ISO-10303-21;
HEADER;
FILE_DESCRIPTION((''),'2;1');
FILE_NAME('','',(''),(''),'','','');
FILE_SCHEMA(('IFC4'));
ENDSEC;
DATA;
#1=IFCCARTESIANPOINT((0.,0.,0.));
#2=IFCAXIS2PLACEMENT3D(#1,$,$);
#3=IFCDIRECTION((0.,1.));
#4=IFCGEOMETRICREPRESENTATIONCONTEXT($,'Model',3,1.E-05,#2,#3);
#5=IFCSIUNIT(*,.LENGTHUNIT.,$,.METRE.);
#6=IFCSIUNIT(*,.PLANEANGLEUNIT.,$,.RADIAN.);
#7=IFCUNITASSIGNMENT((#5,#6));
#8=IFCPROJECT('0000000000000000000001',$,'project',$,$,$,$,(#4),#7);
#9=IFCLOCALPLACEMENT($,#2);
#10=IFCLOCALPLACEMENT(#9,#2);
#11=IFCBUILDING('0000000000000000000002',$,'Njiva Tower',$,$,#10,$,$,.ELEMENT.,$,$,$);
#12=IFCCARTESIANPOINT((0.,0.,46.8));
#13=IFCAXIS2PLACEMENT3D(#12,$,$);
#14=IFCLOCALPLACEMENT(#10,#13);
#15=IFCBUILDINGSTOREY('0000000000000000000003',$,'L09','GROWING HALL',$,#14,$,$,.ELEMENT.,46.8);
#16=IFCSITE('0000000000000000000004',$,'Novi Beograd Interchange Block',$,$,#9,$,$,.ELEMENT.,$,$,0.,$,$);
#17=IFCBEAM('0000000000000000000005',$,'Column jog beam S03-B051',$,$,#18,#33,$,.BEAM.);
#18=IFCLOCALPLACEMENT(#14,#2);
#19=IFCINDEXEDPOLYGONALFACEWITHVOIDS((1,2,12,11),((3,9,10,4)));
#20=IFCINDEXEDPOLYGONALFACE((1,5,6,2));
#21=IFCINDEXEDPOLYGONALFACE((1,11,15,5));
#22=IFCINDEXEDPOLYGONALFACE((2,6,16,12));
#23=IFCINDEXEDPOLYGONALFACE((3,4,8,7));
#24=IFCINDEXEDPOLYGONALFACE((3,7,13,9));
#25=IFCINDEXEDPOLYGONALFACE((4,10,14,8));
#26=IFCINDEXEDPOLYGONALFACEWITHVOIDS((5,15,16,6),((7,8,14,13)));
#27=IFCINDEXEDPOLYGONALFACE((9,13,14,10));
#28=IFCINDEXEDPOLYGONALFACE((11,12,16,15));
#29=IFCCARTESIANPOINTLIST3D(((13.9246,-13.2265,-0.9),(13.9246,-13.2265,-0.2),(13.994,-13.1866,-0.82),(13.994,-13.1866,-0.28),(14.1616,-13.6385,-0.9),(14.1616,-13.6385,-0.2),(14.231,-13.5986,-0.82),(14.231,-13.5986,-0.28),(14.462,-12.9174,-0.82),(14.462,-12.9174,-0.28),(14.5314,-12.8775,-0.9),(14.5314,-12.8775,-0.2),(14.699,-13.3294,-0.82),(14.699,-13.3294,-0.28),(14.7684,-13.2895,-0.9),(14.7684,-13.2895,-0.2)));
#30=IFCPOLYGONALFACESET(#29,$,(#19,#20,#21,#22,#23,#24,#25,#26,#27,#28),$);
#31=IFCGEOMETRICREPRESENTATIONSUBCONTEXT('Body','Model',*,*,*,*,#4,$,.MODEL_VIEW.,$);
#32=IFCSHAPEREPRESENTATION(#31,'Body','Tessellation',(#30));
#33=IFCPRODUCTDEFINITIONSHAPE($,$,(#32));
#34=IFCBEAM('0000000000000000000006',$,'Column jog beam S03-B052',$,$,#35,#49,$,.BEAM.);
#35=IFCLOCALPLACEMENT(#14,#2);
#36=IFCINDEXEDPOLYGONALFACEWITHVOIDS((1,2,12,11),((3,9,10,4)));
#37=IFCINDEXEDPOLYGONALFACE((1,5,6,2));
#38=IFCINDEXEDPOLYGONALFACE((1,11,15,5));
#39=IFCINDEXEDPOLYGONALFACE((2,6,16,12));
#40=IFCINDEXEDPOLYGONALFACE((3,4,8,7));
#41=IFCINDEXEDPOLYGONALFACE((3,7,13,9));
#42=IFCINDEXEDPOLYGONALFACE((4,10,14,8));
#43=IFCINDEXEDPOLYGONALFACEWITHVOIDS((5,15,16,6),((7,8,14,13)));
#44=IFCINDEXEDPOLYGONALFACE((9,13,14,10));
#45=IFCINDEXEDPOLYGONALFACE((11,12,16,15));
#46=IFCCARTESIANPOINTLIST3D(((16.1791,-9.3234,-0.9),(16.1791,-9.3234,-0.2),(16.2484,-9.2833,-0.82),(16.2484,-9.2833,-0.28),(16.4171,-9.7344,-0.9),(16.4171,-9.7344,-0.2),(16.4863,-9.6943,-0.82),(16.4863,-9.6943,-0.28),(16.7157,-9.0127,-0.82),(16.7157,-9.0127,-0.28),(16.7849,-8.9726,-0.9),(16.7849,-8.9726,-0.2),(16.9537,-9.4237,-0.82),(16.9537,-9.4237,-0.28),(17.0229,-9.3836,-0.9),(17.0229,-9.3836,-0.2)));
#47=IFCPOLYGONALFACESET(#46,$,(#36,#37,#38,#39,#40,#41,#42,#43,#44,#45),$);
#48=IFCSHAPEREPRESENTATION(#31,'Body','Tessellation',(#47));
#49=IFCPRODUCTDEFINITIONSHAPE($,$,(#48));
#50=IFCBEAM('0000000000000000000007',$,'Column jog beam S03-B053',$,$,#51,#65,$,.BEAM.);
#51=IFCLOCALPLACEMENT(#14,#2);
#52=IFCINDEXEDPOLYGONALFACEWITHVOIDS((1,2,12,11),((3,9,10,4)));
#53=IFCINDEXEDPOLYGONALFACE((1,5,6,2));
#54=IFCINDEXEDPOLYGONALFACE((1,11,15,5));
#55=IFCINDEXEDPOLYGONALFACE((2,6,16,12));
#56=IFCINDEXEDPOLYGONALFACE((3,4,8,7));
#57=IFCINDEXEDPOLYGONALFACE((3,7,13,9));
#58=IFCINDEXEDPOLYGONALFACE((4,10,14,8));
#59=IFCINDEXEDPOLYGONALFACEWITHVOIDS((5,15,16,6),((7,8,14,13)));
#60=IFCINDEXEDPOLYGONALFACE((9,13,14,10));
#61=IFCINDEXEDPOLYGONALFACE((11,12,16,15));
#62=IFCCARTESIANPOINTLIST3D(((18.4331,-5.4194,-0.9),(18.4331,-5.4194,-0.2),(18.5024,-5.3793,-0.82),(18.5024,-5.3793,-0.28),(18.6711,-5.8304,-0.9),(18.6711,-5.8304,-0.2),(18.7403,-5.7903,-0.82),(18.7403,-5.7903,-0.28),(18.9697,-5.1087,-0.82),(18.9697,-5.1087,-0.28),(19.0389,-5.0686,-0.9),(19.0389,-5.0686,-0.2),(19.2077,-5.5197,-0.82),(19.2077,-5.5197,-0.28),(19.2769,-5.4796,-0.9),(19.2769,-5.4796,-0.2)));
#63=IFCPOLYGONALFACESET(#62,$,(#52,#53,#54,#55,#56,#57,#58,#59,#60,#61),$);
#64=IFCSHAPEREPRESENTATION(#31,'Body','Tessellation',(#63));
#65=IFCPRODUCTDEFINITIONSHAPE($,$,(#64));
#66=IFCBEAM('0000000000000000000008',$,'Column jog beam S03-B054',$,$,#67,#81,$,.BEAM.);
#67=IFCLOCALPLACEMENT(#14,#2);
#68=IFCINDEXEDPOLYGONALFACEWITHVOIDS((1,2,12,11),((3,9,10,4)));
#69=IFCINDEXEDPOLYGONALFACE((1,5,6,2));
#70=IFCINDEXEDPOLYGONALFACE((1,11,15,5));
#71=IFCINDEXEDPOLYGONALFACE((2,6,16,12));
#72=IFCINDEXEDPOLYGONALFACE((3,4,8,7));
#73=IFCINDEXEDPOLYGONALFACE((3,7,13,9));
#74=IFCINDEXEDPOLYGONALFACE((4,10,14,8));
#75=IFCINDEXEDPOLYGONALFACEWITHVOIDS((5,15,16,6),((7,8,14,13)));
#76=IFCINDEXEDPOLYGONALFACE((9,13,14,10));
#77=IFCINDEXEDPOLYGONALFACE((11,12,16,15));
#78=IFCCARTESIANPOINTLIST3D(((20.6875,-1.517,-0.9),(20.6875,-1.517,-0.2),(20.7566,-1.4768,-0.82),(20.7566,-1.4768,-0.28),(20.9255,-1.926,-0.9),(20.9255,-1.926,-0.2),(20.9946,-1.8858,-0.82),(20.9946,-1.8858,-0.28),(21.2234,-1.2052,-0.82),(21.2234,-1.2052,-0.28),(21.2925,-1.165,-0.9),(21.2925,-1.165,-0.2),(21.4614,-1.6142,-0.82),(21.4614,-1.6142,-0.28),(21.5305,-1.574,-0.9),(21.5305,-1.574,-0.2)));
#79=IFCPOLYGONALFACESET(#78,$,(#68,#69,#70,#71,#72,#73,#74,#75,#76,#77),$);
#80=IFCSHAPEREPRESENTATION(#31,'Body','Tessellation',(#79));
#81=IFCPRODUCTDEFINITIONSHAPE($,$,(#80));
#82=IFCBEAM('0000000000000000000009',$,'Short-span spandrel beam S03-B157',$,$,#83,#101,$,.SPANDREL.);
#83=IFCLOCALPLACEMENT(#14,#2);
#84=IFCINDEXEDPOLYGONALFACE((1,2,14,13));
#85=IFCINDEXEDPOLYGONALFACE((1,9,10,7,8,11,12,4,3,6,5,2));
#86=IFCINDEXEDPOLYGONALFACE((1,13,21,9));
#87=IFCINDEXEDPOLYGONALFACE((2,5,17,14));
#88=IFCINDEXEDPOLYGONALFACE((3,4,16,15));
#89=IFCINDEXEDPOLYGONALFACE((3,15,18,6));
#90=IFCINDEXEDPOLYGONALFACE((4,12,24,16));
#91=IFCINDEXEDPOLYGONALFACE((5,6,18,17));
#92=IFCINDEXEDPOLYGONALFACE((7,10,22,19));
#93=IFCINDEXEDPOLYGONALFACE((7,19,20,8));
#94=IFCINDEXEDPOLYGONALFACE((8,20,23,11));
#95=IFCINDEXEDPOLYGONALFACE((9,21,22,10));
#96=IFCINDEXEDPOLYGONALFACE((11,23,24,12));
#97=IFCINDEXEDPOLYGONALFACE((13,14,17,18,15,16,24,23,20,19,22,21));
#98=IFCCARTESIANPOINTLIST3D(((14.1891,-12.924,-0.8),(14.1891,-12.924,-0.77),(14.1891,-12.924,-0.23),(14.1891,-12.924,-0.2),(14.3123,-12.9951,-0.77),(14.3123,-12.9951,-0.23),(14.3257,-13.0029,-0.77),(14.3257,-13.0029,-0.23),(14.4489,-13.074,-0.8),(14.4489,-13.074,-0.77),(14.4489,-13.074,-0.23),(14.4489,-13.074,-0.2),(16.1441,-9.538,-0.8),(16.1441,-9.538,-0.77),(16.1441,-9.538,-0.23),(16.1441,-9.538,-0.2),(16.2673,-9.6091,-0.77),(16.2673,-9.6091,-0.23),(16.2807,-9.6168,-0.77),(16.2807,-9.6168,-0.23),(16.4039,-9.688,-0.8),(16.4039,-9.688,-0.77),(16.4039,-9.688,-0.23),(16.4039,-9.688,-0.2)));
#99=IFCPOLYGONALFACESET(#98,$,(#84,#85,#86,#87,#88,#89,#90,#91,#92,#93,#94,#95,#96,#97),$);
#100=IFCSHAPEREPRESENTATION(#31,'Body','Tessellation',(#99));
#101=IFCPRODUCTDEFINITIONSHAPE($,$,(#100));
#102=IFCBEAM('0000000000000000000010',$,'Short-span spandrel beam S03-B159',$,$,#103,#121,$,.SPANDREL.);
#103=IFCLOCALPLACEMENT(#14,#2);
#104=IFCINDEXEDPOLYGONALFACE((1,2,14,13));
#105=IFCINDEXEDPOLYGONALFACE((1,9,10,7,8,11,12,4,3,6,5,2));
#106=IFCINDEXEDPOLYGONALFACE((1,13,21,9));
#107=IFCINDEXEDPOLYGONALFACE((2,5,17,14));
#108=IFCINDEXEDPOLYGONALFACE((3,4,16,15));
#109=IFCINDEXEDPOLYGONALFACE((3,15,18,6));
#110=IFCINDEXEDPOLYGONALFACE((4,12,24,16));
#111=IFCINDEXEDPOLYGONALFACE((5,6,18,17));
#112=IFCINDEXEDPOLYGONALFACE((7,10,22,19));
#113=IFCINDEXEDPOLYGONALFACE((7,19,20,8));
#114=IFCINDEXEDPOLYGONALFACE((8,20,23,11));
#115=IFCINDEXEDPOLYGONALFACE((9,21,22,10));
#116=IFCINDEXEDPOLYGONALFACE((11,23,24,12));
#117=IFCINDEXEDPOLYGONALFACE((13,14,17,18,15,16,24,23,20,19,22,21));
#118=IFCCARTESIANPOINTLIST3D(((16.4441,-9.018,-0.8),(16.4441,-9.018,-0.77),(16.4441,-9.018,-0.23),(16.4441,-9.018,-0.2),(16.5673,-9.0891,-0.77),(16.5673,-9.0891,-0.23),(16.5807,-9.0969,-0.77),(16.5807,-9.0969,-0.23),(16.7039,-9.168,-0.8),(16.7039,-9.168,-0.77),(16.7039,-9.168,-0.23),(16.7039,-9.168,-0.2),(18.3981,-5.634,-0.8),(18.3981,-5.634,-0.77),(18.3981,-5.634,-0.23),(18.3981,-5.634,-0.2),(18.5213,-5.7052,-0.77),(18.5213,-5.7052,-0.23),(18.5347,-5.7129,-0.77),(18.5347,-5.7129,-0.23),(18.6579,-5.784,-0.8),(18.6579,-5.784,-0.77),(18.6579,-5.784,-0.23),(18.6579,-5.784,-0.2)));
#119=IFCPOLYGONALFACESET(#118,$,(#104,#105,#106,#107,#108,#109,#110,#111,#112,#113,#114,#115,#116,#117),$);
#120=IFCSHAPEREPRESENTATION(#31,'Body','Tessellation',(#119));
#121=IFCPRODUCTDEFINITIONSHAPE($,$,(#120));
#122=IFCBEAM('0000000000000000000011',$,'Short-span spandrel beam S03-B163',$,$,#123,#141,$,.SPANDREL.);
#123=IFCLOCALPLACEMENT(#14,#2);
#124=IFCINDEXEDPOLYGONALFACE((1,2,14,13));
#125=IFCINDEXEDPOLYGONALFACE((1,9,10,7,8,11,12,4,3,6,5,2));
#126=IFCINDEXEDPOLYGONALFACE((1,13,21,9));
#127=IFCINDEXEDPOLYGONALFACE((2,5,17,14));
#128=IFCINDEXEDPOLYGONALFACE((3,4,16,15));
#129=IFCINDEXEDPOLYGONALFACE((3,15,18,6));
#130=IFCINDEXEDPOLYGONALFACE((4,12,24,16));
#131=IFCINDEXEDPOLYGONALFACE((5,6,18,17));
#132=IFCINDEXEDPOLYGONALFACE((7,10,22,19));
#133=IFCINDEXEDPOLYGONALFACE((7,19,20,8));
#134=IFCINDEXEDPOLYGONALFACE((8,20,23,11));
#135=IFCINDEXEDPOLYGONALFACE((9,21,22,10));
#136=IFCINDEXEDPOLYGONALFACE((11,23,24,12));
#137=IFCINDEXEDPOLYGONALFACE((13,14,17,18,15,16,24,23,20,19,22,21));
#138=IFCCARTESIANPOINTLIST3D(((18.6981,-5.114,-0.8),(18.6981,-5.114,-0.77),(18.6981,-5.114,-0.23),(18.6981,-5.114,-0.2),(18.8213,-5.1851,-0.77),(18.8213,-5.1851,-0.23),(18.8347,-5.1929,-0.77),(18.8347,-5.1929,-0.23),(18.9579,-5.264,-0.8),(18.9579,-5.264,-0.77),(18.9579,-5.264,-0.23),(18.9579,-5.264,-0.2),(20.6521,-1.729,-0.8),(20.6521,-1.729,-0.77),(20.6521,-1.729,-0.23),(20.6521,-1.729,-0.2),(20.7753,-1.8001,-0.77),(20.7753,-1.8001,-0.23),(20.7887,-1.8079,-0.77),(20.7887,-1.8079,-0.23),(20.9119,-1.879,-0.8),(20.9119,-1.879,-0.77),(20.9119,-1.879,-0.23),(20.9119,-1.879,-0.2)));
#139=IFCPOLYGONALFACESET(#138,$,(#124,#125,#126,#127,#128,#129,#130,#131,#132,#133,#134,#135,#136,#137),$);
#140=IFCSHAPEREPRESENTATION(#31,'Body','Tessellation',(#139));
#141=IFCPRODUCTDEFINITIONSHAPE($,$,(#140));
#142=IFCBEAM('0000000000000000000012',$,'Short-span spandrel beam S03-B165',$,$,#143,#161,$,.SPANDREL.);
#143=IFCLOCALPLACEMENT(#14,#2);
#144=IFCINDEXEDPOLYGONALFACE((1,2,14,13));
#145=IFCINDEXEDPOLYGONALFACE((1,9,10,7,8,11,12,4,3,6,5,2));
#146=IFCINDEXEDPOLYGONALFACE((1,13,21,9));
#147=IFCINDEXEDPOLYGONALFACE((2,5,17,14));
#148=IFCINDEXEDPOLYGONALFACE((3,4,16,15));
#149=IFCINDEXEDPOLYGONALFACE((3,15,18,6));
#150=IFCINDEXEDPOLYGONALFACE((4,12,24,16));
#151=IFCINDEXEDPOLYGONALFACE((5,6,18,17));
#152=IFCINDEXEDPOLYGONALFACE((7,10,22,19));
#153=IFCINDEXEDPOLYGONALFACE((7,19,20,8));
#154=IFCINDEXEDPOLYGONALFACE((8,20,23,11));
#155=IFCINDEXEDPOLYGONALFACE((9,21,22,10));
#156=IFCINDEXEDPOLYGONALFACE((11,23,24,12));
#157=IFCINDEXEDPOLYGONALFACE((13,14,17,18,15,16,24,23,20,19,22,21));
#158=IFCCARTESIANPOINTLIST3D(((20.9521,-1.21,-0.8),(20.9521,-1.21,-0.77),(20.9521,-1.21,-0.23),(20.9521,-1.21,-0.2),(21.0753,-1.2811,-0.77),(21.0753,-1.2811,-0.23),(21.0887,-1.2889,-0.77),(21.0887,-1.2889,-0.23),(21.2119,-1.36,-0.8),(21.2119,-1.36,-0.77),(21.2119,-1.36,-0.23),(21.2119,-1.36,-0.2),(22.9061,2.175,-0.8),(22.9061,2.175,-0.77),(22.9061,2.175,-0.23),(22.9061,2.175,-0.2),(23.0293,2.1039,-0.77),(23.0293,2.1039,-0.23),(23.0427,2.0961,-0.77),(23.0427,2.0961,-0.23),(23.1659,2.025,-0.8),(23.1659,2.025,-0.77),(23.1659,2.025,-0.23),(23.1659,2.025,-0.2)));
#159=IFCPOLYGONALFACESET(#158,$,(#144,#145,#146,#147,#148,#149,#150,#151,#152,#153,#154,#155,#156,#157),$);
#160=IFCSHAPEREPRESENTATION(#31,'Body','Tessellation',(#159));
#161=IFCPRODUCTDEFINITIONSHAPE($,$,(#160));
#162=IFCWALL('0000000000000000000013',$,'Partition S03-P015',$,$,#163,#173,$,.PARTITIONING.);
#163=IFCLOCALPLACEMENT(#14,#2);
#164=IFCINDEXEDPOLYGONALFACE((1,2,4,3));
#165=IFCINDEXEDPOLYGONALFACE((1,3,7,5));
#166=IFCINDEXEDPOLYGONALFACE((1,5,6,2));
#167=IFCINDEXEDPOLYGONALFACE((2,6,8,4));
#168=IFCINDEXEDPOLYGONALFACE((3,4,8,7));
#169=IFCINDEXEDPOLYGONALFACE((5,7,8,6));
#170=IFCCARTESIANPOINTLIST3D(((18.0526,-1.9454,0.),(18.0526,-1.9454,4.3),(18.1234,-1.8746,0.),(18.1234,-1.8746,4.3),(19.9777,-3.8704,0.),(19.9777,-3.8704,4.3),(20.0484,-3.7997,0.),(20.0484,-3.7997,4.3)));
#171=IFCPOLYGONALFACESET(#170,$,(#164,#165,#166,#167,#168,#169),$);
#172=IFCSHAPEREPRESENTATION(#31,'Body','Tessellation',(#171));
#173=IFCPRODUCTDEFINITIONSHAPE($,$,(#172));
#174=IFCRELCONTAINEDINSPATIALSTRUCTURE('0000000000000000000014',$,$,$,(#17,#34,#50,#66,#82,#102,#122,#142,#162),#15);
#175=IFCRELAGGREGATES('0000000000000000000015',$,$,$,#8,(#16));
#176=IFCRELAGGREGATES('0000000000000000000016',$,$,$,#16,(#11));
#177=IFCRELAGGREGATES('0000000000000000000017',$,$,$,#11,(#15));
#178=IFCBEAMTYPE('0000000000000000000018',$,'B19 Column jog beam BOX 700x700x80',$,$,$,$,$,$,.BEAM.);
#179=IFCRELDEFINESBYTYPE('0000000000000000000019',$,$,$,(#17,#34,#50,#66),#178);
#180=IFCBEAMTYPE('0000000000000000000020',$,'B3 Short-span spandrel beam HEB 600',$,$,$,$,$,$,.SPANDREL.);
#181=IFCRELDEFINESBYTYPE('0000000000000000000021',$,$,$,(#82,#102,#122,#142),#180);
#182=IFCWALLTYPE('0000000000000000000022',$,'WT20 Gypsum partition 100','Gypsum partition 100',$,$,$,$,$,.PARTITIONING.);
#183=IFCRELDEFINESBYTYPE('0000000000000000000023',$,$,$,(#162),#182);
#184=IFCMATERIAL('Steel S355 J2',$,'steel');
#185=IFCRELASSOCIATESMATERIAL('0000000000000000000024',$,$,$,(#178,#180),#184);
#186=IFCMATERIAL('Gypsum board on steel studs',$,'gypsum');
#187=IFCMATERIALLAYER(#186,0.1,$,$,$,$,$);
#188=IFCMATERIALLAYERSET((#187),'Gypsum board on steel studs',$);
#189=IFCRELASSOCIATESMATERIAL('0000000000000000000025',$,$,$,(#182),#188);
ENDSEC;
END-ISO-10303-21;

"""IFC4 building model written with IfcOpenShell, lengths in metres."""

from ifc_helpers import new_model, si_unit, direction, frame, frame_2d, origin, origin_2d, place, context, subcontext, project, spatial, rectangle, hollow_rectangle, i_section, extrude, material, layer, layer_set, material_profile, profile_set, type_object, element, save


model = new_model("IFC4")

# Units and contexts
model_context = context("Model", 3, precision=1e-05, world=origin(), true_north=direction((0.0, 1.0)))
body_context = subcontext(model_context, "Body", "Model", "MODEL_VIEW")
ifc_project = project(units=[si_unit("LENGTHUNIT", "METRE"), si_unit("PLANEANGLEUNIT", "RADIAN")], contexts=[model_context])

# Site, building, storey
site_placement = place(None, origin())
site = spatial("IfcSite", under=ifc_project, at=site_placement, Name="Novi Beograd Interchange Block", CompositionType="ELEMENT", RefElevation=0.0)
building_placement = place(site_placement, origin())
building = spatial("IfcBuilding", under=site, at=building_placement, Name="Njiva Tower", CompositionType="ELEMENT")
storey_placement = place(building_placement, frame((0.0, 0.0, 46.8)))
storey = spatial("IfcBuildingStorey", under=building, at=storey_placement, Name="L09", Description="GROWING HALL", CompositionType="ELEMENT", Elevation=46.8)

# Shared definitions
ifc_material_1 = material(Name="Steel S355 J2", Category="steel")

# Beams
ifc_material_profile_1 = material_profile(ifc_material_1, hollow_rectangle(XDim=0.7, YDim=0.7, WallThickness=0.08, at=origin_2d()), Name="BOX 700x700x80")
ifc_profile_set_1 = profile_set([ifc_material_profile_1], Name="Steel S355 J2")
beam_type_1 = type_object("IfcBeamType", Name="B19 Column jog beam BOX 700x700x80", PredefinedType="BEAM", material=ifc_profile_set_1)
beam_1_placement = place(storey_placement, frame((14.465, -13.464, -0.55), z_axis=(-0.498629, 0.866815, 0.0), x_axis=(-0.866815, -0.498629, 0.0)))
element("IfcBeam", 1, at=beam_1_placement, inside=storey, type_object=beam_type_1, Name="Column jog beam S03-B051", PredefinedType="BEAM", context=body_context, shape_type="SweptSolid", body=[
    extrude(hollow_rectangle(XDim=0.7, YDim=0.7, WallThickness=0.08, at=origin_2d()), origin(), (0.0, 0.0, 1.0), 0.4753),
])
for number, where, z_axis, x_axis, name in (
    (2, (16.72, -9.559, -0.55), (-0.501119, 0.865378, 0.0), (-0.865378, -0.501119, 0.0), "Column jog beam S03-B052"),
    (3, (18.974, -5.655, -0.55), (-0.501119, 0.865378, 0.0), (-0.865378, -0.501119, 0.0), "Column jog beam S03-B053"),
):
    element("IfcBeam", number, at=place(storey_placement, frame(where, z_axis=z_axis, x_axis=x_axis)), inside=storey, type_object=beam_type_1, Name=name, PredefinedType="BEAM", context=body_context, shape_type="SweptSolid", body=[
        extrude(hollow_rectangle(XDim=0.7, YDim=0.7, WallThickness=0.08, at=origin_2d()), origin(), (0.0, 0.0, 1.0), 0.4749),
    ])
beam_2_placement = place(storey_placement, frame((21.228, -1.75, -0.55), z_axis=(-0.502951, 0.864315, 0.0), x_axis=(-0.864315, -0.502951, 0.0)))
element("IfcBeam", 4, at=beam_2_placement, inside=storey, type_object=beam_type_1, Name="Column jog beam S03-B054", PredefinedType="BEAM", context=body_context, shape_type="SweptSolid", body=[
    extrude(hollow_rectangle(XDim=0.7, YDim=0.7, WallThickness=0.08, at=origin_2d()), origin(), (0.0, 0.0, 1.0), 0.4732),
])
ifc_material_profile_2 = material_profile(ifc_material_1, i_section(OverallWidth=0.3, OverallDepth=0.6, WebThickness=0.0155, FlangeThickness=0.03, at=origin_2d()), Name="HEB 600")
ifc_profile_set_2 = profile_set([ifc_material_profile_2], Name="Steel S355 J2")
beam_type_2 = type_object("IfcBeamType", Name="B3 Short-span spandrel beam HEB 600", PredefinedType="SPANDREL", material=ifc_profile_set_2)
beam_3_placement = place(storey_placement, frame((14.319, -12.999, -0.5), z_axis=(0.500018, 0.866015, 0.0), x_axis=(-0.866015, 0.500018, 0.0)))
element("IfcBeam", 5, at=beam_3_placement, inside=storey, type_object=beam_type_2, Name="Short-span spandrel beam S03-B157", PredefinedType="SPANDREL", context=body_context, shape_type="SweptSolid", body=[
    extrude(i_section(OverallWidth=0.3, OverallDepth=0.6, WebThickness=0.0155, FlangeThickness=0.03, at=origin_2d()), origin(), (0.0, 0.0, 1.0), 3.9099),
])
beam_4_placement = place(storey_placement, frame((16.574, -9.093, -0.5), z_axis=(0.500047, 0.865998, 0.0), x_axis=(-0.865998, 0.500047, 0.0)))
element("IfcBeam", 6, at=beam_4_placement, inside=storey, type_object=beam_type_2, Name="Short-span spandrel beam S03-B159", PredefinedType="SPANDREL", context=body_context, shape_type="SweptSolid", body=[
    extrude(i_section(OverallWidth=0.3, OverallDepth=0.6, WebThickness=0.0155, FlangeThickness=0.03, at=origin_2d()), origin(), (0.0, 0.0, 1.0), 3.9076),
])
for number, where, z_axis, x_axis, name in (
    (7, (18.828, -5.189, -0.5), (0.499937, 0.866062, 0.0), (-0.866062, 0.499937, 0.0), "Short-span spandrel beam S03-B163"),
    (8, (21.082, -1.285, -0.5), (0.499937, 0.866062, 0.0), (-0.866062, 0.499937, 0.0), "Short-span spandrel beam S03-B165"),
):
    element("IfcBeam", number, at=place(storey_placement, frame(where, z_axis=z_axis, x_axis=x_axis)), inside=storey, type_object=beam_type_2, Name=name, PredefinedType="SPANDREL", context=body_context, shape_type="SweptSolid", body=[
        extrude(i_section(OverallWidth=0.3, OverallDepth=0.6, WebThickness=0.0155, FlangeThickness=0.03, at=origin_2d()), origin(), (0.0, 0.0, 1.0), 3.9085),
    ])

# Wall
ifc_material_2 = material(Name="Gypsum board on steel studs", Category="gypsum")
ifc_layer_1 = layer(ifc_material_2, 0.1)
ifc_layer_set_1 = layer_set([ifc_layer_1], Name="Gypsum board on steel studs")
wall_type_1 = type_object("IfcWallType", Name="WT20 Gypsum partition 100", Description="Gypsum partition 100", PredefinedType="PARTITIONING", material=ifc_layer_set_1)
wall_1_placement = place(storey_placement, frame((18.088, -1.91, 0.0), z_axis=(0.0, 0.0, 1.0), x_axis=(0.707107, -0.707107, 0.0)))
element("IfcWall", 9, at=wall_1_placement, inside=storey, type_object=wall_type_1, Name="Partition S03-P015", PredefinedType="PARTITIONING", context=body_context, shape_type="SweptSolid", body=[
    extrude(rectangle(XDim=2.7224, YDim=0.1, at=frame_2d((1.3612, 0.0))), origin(), (0.0, 0.0, 1.0), 4.3),
])

save(model, "model.ifc")
